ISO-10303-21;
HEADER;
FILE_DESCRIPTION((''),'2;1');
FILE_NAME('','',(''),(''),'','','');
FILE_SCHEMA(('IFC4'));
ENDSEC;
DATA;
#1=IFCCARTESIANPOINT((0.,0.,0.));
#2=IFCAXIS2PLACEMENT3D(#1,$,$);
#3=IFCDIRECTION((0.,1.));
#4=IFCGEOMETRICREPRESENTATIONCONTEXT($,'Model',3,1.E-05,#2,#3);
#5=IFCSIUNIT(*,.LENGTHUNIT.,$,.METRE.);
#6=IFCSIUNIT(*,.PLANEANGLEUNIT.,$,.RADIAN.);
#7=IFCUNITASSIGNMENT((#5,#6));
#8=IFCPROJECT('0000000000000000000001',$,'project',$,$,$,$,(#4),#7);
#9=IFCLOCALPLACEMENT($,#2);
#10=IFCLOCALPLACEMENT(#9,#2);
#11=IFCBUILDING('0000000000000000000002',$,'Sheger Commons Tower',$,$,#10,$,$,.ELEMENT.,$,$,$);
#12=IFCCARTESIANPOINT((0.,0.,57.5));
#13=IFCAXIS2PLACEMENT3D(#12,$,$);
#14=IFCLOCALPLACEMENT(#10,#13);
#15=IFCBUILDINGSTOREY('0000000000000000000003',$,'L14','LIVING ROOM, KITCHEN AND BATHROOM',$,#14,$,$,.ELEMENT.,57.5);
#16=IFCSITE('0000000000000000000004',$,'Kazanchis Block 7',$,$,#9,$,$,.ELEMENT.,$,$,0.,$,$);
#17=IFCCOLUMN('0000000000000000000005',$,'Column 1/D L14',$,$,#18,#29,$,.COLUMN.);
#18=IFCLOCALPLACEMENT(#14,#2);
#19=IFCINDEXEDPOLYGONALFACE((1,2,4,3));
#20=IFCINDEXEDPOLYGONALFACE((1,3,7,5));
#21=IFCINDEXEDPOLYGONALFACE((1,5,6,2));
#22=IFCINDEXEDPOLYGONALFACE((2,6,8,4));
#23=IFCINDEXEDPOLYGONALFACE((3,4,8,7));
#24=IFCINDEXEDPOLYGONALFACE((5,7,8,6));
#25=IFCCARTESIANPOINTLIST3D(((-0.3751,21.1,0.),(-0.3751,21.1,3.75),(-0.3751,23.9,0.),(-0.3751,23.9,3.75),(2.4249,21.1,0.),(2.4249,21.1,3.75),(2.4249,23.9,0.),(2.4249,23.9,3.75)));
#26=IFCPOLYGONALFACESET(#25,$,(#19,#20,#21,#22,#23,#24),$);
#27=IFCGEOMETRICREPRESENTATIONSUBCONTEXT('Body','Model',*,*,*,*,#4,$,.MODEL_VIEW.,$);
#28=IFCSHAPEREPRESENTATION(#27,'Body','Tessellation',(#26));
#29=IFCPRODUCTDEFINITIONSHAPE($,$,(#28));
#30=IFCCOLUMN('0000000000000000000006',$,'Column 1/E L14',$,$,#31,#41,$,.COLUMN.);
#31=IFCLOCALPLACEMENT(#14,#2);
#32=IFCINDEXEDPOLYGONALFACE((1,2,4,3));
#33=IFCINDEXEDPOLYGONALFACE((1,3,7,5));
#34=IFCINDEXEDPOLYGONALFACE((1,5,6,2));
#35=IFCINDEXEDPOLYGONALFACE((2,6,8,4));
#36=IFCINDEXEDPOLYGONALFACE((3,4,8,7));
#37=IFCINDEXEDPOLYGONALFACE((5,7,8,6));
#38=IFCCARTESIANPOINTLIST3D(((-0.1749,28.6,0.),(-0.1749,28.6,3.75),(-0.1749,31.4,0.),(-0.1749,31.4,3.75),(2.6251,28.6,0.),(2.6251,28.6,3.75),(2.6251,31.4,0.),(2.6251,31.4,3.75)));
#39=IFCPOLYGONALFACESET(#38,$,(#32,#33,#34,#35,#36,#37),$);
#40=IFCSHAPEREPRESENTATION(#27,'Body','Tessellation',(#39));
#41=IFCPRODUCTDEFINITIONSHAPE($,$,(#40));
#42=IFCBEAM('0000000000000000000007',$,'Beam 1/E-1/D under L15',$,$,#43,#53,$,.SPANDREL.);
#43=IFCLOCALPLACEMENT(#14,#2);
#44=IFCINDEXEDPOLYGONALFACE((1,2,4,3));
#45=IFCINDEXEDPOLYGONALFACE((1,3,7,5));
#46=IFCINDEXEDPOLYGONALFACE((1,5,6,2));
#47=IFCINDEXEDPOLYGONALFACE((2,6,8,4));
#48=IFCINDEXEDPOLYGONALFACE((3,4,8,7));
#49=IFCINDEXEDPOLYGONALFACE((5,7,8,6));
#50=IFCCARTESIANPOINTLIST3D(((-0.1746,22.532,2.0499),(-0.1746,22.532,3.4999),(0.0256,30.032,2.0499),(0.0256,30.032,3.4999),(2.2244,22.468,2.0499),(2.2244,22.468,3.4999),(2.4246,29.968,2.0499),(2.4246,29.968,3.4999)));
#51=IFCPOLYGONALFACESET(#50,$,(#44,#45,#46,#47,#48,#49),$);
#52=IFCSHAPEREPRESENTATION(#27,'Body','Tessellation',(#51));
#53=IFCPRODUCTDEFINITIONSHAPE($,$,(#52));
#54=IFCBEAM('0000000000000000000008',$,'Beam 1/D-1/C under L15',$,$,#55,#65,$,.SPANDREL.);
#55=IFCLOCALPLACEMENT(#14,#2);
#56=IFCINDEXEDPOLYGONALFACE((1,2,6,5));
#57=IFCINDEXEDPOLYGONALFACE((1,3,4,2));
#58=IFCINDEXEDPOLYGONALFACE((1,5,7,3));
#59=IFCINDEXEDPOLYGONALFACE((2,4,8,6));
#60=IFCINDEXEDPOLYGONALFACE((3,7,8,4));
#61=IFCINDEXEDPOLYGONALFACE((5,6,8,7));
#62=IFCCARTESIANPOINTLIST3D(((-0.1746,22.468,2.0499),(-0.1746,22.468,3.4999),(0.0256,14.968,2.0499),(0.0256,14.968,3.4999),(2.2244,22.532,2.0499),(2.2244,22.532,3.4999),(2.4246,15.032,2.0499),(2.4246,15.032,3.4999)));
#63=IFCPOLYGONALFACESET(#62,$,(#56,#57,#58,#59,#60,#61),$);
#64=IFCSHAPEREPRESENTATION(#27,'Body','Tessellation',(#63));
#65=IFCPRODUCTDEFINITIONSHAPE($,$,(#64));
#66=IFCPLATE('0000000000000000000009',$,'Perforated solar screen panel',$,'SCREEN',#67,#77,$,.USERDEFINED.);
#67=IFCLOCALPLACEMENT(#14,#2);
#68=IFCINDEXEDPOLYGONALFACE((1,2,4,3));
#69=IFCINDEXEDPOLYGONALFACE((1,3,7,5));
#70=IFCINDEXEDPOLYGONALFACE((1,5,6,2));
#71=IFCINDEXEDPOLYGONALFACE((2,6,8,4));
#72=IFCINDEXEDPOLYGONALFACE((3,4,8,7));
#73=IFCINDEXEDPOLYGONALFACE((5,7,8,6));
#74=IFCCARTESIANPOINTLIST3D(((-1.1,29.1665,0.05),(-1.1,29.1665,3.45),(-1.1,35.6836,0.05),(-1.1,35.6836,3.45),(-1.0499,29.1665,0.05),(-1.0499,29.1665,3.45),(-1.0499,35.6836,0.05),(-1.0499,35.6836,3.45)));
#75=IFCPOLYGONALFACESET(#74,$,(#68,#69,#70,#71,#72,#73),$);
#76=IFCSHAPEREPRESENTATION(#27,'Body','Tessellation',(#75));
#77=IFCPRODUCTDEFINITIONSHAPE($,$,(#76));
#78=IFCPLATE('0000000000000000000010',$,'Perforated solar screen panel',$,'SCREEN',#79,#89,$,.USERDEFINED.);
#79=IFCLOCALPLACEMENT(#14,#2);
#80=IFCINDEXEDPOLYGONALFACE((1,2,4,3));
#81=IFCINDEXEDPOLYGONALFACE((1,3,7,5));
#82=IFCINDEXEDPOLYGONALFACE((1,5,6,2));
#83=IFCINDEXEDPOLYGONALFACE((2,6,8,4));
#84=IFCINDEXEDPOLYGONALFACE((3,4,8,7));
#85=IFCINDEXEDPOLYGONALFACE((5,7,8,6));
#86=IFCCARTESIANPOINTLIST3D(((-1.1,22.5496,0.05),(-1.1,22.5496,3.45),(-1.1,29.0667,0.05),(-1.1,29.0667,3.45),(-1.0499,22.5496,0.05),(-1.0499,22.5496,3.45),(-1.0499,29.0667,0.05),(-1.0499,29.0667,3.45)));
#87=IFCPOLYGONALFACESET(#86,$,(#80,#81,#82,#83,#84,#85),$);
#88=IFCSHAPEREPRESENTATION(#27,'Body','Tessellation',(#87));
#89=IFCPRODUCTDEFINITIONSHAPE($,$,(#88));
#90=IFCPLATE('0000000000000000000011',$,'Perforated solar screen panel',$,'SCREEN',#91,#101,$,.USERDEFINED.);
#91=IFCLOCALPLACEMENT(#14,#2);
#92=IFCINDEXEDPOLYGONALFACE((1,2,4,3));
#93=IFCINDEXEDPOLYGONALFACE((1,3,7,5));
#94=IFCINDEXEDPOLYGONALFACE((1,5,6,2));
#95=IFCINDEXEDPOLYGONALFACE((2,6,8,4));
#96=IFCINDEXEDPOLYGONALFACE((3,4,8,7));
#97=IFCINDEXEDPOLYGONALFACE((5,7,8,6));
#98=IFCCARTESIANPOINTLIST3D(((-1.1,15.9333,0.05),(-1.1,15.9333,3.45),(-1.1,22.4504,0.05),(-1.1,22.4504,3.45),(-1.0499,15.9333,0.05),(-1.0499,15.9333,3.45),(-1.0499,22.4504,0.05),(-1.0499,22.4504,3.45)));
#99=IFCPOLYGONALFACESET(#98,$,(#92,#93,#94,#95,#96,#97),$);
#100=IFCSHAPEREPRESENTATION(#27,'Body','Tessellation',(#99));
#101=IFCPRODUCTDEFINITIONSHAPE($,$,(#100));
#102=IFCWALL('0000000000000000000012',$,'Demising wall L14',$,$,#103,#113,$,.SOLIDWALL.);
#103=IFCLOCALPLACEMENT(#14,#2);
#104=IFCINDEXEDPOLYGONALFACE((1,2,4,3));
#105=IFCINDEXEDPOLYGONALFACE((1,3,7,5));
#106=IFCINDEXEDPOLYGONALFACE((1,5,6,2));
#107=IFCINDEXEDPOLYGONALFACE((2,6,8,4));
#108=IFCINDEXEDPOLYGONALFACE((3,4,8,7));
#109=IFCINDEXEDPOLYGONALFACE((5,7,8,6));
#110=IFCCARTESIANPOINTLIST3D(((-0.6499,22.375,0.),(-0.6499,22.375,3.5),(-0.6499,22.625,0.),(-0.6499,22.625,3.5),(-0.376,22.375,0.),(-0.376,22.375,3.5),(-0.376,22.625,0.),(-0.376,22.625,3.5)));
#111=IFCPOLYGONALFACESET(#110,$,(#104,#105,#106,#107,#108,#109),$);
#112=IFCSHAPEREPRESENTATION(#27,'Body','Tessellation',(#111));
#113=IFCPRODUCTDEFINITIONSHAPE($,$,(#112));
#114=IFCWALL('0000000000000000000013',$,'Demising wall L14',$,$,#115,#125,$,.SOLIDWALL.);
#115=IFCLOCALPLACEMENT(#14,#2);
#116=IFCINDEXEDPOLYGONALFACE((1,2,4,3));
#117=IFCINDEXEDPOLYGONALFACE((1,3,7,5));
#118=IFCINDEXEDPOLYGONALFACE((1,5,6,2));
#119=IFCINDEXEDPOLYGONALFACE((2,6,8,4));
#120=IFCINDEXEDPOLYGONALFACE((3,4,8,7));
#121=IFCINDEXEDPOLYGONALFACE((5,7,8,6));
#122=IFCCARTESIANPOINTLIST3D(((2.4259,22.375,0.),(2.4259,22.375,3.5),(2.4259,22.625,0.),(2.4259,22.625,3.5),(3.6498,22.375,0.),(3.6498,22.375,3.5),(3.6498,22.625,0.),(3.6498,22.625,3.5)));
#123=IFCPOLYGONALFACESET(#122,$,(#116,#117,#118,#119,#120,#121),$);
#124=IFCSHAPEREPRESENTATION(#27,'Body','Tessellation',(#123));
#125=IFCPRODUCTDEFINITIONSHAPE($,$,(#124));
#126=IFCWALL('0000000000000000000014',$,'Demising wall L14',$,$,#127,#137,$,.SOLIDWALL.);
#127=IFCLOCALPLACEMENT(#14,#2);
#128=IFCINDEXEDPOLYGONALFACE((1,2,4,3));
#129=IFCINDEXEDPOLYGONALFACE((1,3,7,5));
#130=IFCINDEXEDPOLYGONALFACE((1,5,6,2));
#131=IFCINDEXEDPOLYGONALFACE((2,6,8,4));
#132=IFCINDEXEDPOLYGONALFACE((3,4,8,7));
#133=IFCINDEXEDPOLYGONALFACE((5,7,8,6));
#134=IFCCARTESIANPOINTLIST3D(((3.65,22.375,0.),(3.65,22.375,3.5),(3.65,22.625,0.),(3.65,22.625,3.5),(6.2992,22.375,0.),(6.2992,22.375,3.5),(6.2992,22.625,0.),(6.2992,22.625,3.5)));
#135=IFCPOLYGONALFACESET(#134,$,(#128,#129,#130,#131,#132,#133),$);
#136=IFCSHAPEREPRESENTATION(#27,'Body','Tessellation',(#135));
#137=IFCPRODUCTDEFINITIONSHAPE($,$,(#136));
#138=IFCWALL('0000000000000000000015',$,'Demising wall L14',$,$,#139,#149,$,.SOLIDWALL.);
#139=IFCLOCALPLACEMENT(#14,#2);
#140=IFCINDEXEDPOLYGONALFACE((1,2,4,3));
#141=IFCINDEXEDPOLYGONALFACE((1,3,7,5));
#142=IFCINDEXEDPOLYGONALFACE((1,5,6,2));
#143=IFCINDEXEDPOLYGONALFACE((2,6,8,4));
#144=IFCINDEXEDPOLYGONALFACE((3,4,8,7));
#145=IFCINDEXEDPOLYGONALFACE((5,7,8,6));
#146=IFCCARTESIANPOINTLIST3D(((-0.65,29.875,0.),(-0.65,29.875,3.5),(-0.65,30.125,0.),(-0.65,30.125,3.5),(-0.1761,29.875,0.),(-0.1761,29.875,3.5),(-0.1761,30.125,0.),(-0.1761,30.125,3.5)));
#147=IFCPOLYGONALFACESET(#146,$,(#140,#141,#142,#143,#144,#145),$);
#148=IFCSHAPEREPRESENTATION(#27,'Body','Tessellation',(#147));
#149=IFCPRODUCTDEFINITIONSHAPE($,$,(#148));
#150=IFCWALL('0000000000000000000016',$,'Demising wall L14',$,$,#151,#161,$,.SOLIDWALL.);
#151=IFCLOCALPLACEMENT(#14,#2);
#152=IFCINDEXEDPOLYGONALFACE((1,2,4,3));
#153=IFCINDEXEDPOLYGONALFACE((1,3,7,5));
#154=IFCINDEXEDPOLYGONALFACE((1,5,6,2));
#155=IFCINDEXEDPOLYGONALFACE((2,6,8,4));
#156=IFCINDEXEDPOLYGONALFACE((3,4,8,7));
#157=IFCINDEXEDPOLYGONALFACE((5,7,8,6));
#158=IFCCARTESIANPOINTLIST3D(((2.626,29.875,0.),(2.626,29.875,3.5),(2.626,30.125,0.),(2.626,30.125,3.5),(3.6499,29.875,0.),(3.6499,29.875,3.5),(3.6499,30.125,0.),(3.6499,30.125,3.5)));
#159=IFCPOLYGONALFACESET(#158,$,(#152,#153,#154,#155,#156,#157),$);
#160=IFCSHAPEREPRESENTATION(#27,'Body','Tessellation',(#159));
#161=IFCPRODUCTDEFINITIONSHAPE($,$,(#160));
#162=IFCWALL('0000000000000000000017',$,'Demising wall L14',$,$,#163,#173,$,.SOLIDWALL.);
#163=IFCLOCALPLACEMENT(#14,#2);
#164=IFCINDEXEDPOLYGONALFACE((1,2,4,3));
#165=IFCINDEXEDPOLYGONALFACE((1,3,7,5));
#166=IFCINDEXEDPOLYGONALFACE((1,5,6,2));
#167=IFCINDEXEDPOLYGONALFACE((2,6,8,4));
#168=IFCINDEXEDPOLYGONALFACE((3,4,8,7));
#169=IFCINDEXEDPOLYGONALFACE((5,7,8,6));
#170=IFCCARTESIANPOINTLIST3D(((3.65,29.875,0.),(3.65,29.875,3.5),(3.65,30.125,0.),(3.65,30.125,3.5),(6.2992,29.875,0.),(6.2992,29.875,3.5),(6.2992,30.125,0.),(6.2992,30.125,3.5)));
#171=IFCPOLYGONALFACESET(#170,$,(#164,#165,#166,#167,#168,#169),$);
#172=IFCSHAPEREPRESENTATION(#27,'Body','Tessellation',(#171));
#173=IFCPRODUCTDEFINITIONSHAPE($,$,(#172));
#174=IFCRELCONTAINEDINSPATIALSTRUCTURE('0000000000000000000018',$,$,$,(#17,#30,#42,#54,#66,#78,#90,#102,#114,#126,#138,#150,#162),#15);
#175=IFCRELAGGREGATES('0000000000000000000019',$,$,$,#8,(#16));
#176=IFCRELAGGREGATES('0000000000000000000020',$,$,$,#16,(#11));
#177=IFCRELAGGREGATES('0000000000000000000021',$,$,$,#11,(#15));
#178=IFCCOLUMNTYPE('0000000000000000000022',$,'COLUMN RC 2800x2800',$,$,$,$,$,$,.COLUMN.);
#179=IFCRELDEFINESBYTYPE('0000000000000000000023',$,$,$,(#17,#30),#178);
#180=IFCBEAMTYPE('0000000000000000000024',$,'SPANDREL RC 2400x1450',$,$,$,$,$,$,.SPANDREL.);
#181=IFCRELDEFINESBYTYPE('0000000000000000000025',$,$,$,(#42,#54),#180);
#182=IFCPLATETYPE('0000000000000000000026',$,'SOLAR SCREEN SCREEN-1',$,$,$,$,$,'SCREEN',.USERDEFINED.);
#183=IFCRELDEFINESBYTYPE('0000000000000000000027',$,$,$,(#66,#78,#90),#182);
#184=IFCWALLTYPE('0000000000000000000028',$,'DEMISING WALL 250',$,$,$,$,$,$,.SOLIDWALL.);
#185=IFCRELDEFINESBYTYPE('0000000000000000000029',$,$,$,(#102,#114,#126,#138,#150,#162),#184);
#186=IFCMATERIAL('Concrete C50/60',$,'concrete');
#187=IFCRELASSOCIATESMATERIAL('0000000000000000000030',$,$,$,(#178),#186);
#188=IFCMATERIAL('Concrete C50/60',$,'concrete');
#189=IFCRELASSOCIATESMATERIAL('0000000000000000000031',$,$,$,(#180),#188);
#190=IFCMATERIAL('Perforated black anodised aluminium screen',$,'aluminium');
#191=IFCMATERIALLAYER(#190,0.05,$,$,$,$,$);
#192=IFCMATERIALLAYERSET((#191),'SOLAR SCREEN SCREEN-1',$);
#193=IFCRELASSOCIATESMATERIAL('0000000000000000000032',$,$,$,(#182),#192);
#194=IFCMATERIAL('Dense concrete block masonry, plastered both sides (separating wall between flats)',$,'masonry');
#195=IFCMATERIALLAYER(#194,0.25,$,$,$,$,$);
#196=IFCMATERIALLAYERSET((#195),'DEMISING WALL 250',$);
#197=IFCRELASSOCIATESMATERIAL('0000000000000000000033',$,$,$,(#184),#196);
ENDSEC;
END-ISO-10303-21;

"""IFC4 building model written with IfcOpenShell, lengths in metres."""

from ifc_helpers import new_model, si_unit, direction, frame, frame_2d, origin, origin_2d, place, context, subcontext, project, spatial, rectangle, extrude, material, layer, layer_set, material_profile, profile_set, type_object, element, save


model = new_model("IFC4")

# Units and contexts
model_context = context("Model", 3, precision=1e-05, world=origin(), true_north=direction((0.0, 1.0)))
body_context = subcontext(model_context, "Body", "Model", "MODEL_VIEW")
ifc_project = project(units=[si_unit("LENGTHUNIT", "METRE"), si_unit("PLANEANGLEUNIT", "RADIAN")], contexts=[model_context])

# Site, building, storey
site_placement = place(None, origin())
site = spatial("IfcSite", under=ifc_project, at=site_placement, Name="Kazanchis Block 7", CompositionType="ELEMENT", RefElevation=0.0)
building_placement = place(site_placement, origin())
building = spatial("IfcBuilding", under=site, at=building_placement, Name="Sheger Commons Tower", CompositionType="ELEMENT")
storey_placement = place(building_placement, frame((0.0, 0.0, 57.5)))
storey = spatial("IfcBuildingStorey", under=building, at=storey_placement, Name="L14", Description="LIVING ROOM, KITCHEN AND BATHROOM", CompositionType="ELEMENT", Elevation=57.5)

# Columns
ifc_material_1 = material(Name="Concrete C50/60", Category="concrete")
ifc_material_profile_1 = material_profile(ifc_material_1, rectangle(XDim=2.8, YDim=2.8, at=origin_2d()), Name="RC 2800x2800")
ifc_profile_set_1 = profile_set([ifc_material_profile_1], Name="Concrete C50/60")
column_type = type_object("IfcColumnType", Name="COLUMN RC 2800x2800", PredefinedType="COLUMN", material=ifc_profile_set_1)
for number, where, z_axis, x_axis, name in (
    (1, (1.0249, 22.5, 0.0), (0.0, 0.0, 1.0), (1.0, 0.0, 0.0), "Column 1/D L14"),
    (2, (1.2251, 30.0, 0.0), (0.0, 0.0, 1.0), (1.0, 0.0, 0.0), "Column 1/E L14"),
):
    element("IfcColumn", number, at=place(storey_placement, frame(where, z_axis=z_axis, x_axis=x_axis)), inside=storey, type_object=column_type, Name=name, PredefinedType="COLUMN", context=body_context, shape_type="SweptSolid", body=[
        extrude(rectangle(XDim=2.8, YDim=2.8, at=origin_2d()), origin(), (0.0, 0.0, 1.0), 3.75),
    ])

# Beams
ifc_material_2 = material(Name="Concrete C50/60", Category="concrete")
ifc_material_profile_2 = material_profile(ifc_material_2, rectangle(XDim=2.3999, YDim=1.45, at=origin_2d()), Name="RC 2400x1450")
ifc_profile_set_2 = profile_set([ifc_material_profile_2], Name="Concrete C50/60")
beam_type = type_object("IfcBeamType", Name="SPANDREL RC 2400x1450", PredefinedType="SPANDREL", material=ifc_profile_set_2)
for number, where, z_axis, x_axis, name in (
    (3, (1.2251, 30.0, 2.7749), (-0.026683, -0.999644, 0.0), (0.999644, -0.026683, 0.0), "Beam 1/E-1/D under L15"),
    (4, (1.0249, 22.5, 2.7749), (0.026683, -0.999644, 0.0), (0.999644, 0.026683, 0.0), "Beam 1/D-1/C under L15"),
):
    element("IfcBeam", number, at=place(storey_placement, frame(where, z_axis=z_axis, x_axis=x_axis)), inside=storey, type_object=beam_type, Name=name, PredefinedType="SPANDREL", context=body_context, shape_type="SweptSolid", body=[
        extrude(rectangle(XDim=2.3999, YDim=1.45, at=origin_2d()), origin(), (0.0, 0.0, 1.0), 7.5027),
    ])

# Plates
ifc_material_3 = material(Name="Perforated black anodised aluminium screen", Category="aluminium")
ifc_layer_1 = layer(ifc_material_3, 0.05)
ifc_layer_set_1 = layer_set([ifc_layer_1], Name="SOLAR SCREEN SCREEN-1")
plate_type = type_object("IfcPlateType", Name="SOLAR SCREEN SCREEN-1", ElementType="SCREEN", PredefinedType="USERDEFINED", material=ifc_layer_set_1)
for number, where, z_axis, x_axis, name in (
    (5, (-1.075, 32.425, 0.05), (0.0, 0.0, 1.0), (0.0, -1.0, 0.0), "Perforated solar screen panel"),
    (6, (-1.075, 25.8081, 0.05), (0.0, 0.0, 1.0), (0.0, -1.0, 0.0), "Perforated solar screen panel"),
    (7, (-1.075, 19.1919, 0.05), (0.0, 0.0, 1.0), (0.0, -1.0, 0.0), "Perforated solar screen panel"),
):
    element("IfcPlate", number, at=place(storey_placement, frame(where, z_axis=z_axis, x_axis=x_axis)), inside=storey, type_object=plate_type, Name=name, ObjectType="SCREEN", PredefinedType="USERDEFINED", context=body_context, shape_type="SweptSolid", body=[
        extrude(rectangle(XDim=6.5171, YDim=0.05, at=origin_2d()), origin(), (0.0, 0.0, 1.0), 3.3999),
    ])

# Walls
ifc_material_4 = material(Name="Dense concrete block masonry, plastered both sides (separating wall between flats)", Category="masonry")
ifc_layer_2 = layer(ifc_material_4, 0.25)
ifc_layer_set_2 = layer_set([ifc_layer_2], Name="DEMISING WALL 250")
wall_type_1 = type_object("IfcWallType", Name="DEMISING WALL 250", PredefinedType="SOLIDWALL", material=ifc_layer_set_2)
wall_1_placement = place(storey_placement, frame((-0.6499, 22.5, 0.0), z_axis=(0.0, 0.0, 1.0), x_axis=(1.0, 0.0, 0.0)))
element("IfcWall", 8, at=wall_1_placement, inside=storey, type_object=wall_type_1, Name="Demising wall L14", PredefinedType="SOLIDWALL", context=body_context, shape_type="SweptSolid", body=[
    extrude(rectangle(XDim=0.2739, YDim=0.25, at=frame_2d((0.137, 0.0))), origin(), (0.0, 0.0, 1.0), 3.5),
])
wall_2_placement = place(storey_placement, frame((2.426, 22.5, 0.0), z_axis=(0.0, 0.0, 1.0), x_axis=(1.0, 0.0, 0.0)))
element("IfcWall", 9, at=wall_2_placement, inside=storey, type_object=wall_type_1, Name="Demising wall L14", PredefinedType="SOLIDWALL", context=body_context, shape_type="SweptSolid", body=[
    extrude(rectangle(XDim=1.2239, YDim=0.25, at=frame_2d((0.6118, 0.0))), origin(), (0.0, 0.0, 1.0), 3.5),
])
wall_3_placement = place(storey_placement, frame((3.6499, 22.5, 0.0), z_axis=(0.0, 0.0, 1.0), x_axis=(1.0, 0.0, 0.0)))
element("IfcWall", 10, at=wall_3_placement, inside=storey, type_object=wall_type_1, Name="Demising wall L14", PredefinedType="SOLIDWALL", context=body_context, shape_type="SweptSolid", body=[
    extrude(rectangle(XDim=2.6492, YDim=0.25, at=frame_2d((1.3247, 0.0))), origin(), (0.0, 0.0, 1.0), 3.5),
])
wall_4_placement = place(storey_placement, frame((-0.6499, 30.0, 0.0), z_axis=(0.0, 0.0, 1.0), x_axis=(1.0, 0.0, 0.0)))
element("IfcWall", 11, at=wall_4_placement, inside=storey, type_object=wall_type_1, Name="Demising wall L14", PredefinedType="SOLIDWALL", context=body_context, shape_type="SweptSolid", body=[
    extrude(rectangle(XDim=0.4739, YDim=0.25, at=frame_2d((0.2368, 0.0))), origin(), (0.0, 0.0, 1.0), 3.5),
])
wall_5_placement = place(storey_placement, frame((2.626, 30.0, 0.0), z_axis=(0.0, 0.0, 1.0), x_axis=(1.0, 0.0, 0.0)))
element("IfcWall", 12, at=wall_5_placement, inside=storey, type_object=wall_type_1, Name="Demising wall L14", PredefinedType="SOLIDWALL", context=body_context, shape_type="SweptSolid", body=[
    extrude(rectangle(XDim=1.0239, YDim=0.25, at=frame_2d((0.512, 0.0))), origin(), (0.0, 0.0, 1.0), 3.5),
])
wall_6_placement = place(storey_placement, frame((3.6499, 30.0, 0.0), z_axis=(0.0, 0.0, 1.0), x_axis=(1.0, 0.0, 0.0)))
element("IfcWall", 13, at=wall_6_placement, inside=storey, type_object=wall_type_1, Name="Demising wall L14", PredefinedType="SOLIDWALL", context=body_context, shape_type="SweptSolid", body=[
    extrude(rectangle(XDim=2.6492, YDim=0.25, at=frame_2d((1.3247, 0.0))), origin(), (0.0, 0.0, 1.0), 3.5),
])

save(model, "model.ifc")
